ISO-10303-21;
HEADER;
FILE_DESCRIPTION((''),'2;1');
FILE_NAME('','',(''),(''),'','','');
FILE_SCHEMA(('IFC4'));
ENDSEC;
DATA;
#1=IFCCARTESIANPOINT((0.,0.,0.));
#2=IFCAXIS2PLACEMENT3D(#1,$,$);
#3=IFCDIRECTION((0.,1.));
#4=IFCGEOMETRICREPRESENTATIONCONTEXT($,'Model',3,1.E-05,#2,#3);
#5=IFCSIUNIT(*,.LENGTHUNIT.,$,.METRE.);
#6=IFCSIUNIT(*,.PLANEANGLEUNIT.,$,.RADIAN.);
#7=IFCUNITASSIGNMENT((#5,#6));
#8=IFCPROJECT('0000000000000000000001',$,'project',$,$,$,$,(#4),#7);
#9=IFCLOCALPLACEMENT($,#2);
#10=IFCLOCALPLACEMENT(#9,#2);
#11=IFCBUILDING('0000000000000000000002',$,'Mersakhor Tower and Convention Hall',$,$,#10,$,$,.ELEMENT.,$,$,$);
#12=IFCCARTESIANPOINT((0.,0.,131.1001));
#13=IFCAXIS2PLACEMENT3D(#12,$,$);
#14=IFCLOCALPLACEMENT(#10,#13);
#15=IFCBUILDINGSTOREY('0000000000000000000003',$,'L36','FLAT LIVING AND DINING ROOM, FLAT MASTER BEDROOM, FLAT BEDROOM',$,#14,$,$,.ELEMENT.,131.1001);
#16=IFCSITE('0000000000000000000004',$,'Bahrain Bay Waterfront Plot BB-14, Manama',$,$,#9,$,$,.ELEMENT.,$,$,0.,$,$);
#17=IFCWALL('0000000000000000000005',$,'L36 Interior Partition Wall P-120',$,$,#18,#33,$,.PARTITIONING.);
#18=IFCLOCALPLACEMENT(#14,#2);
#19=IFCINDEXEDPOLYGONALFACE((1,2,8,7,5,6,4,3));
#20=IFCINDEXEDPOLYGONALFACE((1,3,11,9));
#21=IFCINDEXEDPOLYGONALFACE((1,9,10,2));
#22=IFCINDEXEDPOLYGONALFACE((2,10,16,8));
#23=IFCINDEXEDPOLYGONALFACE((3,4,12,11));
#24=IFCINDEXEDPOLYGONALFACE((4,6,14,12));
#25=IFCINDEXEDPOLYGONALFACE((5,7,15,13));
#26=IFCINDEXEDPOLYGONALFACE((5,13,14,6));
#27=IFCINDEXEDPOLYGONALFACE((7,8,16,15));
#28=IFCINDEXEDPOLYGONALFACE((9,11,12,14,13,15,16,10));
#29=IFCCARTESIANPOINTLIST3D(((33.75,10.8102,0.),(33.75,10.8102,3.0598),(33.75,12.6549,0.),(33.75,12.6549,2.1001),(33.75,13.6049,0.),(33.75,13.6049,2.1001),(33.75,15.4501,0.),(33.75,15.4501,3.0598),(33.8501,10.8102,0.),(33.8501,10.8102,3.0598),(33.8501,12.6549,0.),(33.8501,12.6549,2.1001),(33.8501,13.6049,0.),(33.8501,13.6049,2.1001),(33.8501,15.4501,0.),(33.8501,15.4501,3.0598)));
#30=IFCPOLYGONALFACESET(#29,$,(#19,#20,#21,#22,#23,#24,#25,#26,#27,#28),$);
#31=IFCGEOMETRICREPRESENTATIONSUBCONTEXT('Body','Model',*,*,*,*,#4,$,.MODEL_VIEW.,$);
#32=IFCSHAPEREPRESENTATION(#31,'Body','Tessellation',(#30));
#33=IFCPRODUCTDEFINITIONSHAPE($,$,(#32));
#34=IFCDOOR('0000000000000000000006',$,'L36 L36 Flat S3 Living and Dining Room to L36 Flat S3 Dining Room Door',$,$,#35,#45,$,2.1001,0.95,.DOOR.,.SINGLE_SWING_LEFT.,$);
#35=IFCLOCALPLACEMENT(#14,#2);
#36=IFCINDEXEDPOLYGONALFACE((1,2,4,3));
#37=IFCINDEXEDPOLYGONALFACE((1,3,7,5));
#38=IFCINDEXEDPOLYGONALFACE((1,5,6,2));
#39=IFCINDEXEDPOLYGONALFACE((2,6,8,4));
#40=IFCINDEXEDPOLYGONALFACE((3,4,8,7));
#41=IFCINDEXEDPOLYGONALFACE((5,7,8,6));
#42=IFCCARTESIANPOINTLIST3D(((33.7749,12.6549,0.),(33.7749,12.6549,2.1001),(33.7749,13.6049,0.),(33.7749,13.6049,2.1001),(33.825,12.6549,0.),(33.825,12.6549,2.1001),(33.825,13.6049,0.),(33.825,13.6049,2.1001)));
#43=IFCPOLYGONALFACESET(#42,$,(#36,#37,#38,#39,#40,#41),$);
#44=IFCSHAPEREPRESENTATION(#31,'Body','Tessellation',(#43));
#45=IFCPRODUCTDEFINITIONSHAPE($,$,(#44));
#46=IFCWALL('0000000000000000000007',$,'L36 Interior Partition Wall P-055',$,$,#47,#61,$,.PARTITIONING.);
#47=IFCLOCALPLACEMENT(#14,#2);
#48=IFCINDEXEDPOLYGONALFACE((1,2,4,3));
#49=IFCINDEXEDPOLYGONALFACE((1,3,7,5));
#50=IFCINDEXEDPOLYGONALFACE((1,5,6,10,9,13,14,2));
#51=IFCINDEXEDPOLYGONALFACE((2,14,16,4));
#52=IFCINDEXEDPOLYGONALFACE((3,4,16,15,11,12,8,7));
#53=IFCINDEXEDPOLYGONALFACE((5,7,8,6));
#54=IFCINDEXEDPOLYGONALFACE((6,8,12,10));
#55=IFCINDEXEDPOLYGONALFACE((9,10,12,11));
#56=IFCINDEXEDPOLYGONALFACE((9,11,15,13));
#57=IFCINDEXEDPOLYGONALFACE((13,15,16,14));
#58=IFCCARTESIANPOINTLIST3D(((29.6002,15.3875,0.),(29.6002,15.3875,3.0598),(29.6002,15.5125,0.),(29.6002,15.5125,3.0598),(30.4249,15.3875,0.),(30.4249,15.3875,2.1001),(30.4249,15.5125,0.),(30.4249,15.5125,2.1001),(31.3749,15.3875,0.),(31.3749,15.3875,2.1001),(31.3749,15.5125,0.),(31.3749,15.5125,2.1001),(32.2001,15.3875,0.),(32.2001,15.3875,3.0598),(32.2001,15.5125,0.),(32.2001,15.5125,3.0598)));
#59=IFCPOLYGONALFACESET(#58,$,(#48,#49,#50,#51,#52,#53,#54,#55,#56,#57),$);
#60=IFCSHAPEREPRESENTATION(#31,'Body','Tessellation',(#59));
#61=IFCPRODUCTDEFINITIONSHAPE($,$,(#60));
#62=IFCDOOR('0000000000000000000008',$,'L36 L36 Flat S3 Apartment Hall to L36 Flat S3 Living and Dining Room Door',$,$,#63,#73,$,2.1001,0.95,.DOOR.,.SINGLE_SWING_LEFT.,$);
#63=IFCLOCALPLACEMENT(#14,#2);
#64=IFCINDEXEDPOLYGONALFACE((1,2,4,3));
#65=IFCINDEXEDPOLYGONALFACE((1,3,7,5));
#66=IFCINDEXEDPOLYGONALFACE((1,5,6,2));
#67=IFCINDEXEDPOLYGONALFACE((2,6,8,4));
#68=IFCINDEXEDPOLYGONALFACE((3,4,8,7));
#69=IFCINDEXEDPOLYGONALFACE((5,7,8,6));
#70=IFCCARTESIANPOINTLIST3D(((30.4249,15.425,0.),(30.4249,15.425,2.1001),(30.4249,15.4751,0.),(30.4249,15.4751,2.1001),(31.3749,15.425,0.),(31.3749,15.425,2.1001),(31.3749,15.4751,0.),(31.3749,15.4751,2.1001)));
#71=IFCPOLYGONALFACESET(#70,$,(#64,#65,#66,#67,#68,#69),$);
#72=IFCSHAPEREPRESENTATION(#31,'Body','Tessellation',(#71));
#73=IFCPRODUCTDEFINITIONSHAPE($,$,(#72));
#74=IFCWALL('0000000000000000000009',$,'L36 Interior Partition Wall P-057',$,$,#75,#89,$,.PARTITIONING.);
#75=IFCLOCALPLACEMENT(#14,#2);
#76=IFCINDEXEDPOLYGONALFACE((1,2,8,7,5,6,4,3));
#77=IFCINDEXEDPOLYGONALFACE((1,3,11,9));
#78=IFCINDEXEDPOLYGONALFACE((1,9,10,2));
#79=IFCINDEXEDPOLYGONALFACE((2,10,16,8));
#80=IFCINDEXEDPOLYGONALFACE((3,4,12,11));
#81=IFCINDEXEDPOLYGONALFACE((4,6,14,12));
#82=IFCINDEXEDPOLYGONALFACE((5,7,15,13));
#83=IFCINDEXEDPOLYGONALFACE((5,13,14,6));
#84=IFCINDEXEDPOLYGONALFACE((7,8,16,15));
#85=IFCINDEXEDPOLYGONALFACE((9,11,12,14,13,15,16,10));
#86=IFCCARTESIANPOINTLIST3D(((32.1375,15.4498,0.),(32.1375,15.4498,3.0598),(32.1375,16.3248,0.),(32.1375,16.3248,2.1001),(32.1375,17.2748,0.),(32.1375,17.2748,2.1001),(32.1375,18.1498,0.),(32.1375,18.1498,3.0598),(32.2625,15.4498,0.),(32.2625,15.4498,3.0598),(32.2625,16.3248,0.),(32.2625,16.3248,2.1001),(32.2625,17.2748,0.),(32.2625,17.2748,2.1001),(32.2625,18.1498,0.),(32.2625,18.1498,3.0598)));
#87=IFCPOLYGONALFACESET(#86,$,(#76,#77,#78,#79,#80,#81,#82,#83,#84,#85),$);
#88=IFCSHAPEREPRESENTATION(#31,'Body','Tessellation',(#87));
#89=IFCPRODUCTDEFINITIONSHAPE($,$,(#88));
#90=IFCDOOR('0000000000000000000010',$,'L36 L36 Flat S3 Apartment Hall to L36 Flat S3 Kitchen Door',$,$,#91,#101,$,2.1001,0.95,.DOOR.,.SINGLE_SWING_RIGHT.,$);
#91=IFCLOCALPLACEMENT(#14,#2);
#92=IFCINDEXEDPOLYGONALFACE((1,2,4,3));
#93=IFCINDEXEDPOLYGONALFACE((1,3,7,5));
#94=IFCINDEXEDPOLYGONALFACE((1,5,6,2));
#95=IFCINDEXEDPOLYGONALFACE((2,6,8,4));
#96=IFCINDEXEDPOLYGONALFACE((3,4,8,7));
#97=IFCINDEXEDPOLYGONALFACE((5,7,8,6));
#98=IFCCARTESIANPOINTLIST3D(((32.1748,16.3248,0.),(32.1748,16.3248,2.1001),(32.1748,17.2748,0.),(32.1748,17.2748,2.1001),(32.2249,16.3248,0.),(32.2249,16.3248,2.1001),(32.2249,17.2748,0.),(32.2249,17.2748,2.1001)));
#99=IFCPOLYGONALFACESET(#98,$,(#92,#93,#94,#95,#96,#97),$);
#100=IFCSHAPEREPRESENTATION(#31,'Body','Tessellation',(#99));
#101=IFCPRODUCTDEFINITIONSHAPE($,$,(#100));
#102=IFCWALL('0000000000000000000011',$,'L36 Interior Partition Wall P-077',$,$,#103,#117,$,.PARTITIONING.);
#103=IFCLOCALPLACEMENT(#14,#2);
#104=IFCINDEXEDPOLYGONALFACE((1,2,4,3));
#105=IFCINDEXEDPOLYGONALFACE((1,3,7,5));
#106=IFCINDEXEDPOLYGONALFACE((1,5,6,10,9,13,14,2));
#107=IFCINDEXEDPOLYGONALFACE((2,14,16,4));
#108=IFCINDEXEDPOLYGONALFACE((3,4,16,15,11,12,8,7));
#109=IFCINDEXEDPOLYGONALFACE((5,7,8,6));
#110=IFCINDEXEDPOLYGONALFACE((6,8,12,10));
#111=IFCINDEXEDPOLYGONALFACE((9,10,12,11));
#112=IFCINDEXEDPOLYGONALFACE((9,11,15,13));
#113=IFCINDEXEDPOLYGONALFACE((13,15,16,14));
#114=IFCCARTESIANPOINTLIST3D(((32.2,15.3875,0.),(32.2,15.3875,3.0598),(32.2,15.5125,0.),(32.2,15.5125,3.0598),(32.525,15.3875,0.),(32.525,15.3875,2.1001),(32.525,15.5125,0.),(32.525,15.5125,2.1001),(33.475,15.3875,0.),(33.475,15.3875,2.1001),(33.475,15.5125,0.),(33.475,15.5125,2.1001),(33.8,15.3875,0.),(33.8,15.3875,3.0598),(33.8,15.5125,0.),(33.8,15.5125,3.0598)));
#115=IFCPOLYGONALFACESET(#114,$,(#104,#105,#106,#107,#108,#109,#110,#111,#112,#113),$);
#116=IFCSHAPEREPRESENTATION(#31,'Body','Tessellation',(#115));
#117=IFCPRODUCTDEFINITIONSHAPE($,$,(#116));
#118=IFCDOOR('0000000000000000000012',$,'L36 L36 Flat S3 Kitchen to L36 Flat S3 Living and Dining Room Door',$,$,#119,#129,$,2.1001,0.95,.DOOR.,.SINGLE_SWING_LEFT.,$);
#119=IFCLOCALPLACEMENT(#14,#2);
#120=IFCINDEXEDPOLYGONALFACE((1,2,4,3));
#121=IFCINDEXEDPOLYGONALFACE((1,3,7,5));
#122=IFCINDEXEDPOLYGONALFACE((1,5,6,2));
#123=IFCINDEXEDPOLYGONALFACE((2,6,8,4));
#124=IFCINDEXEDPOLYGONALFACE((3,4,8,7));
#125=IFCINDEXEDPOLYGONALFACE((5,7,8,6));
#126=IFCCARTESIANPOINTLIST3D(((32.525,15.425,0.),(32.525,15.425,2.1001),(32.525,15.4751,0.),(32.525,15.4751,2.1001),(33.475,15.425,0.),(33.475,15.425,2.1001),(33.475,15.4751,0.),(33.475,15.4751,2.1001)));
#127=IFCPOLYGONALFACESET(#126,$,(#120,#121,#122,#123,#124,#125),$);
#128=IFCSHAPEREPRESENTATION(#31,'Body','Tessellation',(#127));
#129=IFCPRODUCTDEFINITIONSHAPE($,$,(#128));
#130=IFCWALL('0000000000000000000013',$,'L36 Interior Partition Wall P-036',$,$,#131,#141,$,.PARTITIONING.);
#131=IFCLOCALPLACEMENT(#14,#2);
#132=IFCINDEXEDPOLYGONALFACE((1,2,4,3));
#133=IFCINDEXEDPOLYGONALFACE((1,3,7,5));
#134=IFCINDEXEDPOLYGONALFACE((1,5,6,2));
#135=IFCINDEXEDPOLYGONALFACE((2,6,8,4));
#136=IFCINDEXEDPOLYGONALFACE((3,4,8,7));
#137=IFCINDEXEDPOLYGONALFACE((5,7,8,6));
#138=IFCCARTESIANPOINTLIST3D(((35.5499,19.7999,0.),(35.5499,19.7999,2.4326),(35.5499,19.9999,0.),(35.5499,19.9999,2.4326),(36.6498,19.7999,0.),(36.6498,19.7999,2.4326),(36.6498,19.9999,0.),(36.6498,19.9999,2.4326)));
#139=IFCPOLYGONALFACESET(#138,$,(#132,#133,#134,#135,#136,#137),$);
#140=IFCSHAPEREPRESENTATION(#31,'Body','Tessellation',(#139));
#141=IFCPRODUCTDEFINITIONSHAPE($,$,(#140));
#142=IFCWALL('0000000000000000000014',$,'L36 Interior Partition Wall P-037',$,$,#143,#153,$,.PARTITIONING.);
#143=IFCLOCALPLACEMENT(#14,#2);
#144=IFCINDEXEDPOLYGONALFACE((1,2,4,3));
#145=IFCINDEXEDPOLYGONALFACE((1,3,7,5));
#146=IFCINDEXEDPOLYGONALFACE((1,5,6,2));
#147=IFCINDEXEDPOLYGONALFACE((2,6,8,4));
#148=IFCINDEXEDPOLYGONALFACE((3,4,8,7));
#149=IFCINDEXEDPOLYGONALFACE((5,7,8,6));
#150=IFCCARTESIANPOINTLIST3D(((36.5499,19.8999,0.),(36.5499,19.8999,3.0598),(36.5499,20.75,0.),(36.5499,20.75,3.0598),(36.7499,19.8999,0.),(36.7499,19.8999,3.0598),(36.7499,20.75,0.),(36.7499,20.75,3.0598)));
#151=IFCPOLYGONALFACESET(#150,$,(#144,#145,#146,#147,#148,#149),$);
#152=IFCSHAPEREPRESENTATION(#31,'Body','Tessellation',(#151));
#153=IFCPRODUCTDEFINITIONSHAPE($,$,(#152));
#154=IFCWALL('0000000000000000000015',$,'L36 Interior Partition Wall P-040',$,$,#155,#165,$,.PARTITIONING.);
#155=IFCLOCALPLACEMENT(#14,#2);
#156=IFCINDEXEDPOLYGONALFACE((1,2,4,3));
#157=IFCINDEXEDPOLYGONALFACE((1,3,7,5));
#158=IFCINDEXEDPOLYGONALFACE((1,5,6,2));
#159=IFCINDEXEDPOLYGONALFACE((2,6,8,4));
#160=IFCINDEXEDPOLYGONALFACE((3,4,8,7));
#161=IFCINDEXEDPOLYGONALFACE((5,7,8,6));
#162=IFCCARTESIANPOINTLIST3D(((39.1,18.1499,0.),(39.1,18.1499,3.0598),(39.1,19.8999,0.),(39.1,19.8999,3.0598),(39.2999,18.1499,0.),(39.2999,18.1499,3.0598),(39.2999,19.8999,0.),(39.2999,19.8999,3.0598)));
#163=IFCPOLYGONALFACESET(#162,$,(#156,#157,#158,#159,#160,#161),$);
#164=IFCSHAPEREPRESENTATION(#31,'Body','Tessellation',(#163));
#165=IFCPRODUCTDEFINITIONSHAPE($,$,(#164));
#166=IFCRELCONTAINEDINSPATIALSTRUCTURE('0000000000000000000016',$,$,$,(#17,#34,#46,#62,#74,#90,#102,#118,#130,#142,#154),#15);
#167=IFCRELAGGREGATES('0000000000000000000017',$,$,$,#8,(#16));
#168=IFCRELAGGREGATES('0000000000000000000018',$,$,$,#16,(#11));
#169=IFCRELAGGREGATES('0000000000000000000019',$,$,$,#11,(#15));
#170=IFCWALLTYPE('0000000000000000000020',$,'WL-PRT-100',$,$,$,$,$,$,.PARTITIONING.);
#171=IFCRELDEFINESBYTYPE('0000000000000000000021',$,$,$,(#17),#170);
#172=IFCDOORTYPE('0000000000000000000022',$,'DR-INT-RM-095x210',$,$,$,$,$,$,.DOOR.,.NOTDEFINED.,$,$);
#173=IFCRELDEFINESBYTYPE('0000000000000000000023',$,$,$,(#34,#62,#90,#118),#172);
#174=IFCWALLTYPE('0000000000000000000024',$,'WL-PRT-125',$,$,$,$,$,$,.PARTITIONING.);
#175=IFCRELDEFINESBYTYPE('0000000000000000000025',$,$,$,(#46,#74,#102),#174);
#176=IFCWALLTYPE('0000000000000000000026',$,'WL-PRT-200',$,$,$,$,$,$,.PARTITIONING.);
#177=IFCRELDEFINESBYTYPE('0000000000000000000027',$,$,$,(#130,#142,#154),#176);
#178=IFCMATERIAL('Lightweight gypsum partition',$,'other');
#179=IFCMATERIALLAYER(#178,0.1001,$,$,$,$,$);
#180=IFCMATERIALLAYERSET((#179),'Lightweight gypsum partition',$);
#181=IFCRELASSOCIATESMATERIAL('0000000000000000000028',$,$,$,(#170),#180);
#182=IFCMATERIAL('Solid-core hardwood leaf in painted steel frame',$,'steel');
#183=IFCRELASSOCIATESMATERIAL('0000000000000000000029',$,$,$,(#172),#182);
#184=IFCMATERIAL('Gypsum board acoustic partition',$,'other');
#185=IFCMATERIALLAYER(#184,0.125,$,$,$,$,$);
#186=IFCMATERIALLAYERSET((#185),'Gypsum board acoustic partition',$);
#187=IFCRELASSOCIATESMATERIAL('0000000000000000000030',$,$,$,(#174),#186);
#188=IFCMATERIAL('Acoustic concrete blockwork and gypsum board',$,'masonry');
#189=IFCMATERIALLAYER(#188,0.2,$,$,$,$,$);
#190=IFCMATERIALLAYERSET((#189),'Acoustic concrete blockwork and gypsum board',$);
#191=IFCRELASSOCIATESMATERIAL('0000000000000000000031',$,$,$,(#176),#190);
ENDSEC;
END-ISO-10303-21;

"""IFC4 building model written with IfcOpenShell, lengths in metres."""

from ifc_helpers import new_model, si_unit, direction, frame, frame_2d, origin, place, context, subcontext, project, spatial, rectangle, extrude, material, layer, layer_set, type_object, element, fill, save


model = new_model("IFC4")

# Units and contexts
model_context = context("Model", 3, precision=1e-05, world=origin(), true_north=direction((0.0, 1.0)))
body_context = subcontext(model_context, "Body", "Model", "MODEL_VIEW")
ifc_project = project(units=[si_unit("LENGTHUNIT", "METRE"), si_unit("PLANEANGLEUNIT", "RADIAN")], contexts=[model_context])

# Site, building, storey
site_placement = place(None, origin())
site = spatial("IfcSite", under=ifc_project, at=site_placement, Name="Bahrain Bay Waterfront Plot BB-14, Manama", CompositionType="ELEMENT", RefElevation=0.0)
building_placement = place(site_placement, origin())
building = spatial("IfcBuilding", under=site, at=building_placement, Name="Mersakhor Tower and Convention Hall", CompositionType="ELEMENT")
storey_placement = place(building_placement, frame((0.0, 0.0, 131.1001)))
storey = spatial("IfcBuildingStorey", under=building, at=storey_placement, Name="L36", Description="FLAT LIVING AND DINING ROOM, FLAT MASTER BEDROOM, FLAT BEDROOM", CompositionType="ELEMENT", Elevation=131.1001)

# Walls, openings, doors
ifc_material_1 = material(Name="Lightweight gypsum partition", Category="other")
ifc_layer_1 = layer(ifc_material_1, 0.1001)
ifc_layer_set_1 = layer_set([ifc_layer_1], Name="Lightweight gypsum partition")
wall_type_1 = type_object("IfcWallType", Name="WL-PRT-100", PredefinedType="PARTITIONING", material=ifc_layer_set_1)
ifc_material_2 = material(Name="Solid-core hardwood leaf in painted steel frame", Category="steel")
door_type_1 = type_object("IfcDoorType", Name="DR-INT-RM-095x210", OperationType="NOTDEFINED", PredefinedType="DOOR", material=ifc_material_2)
wall_1_placement = place(storey_placement, frame((33.8, 15.45, 0.0), z_axis=(0.0, 0.0, 1.0), x_axis=(0.0, -1.0, 0.0)))
wall_1 = element("IfcWall", 1, at=wall_1_placement, inside=storey, type_object=wall_type_1, Name="L36 Interior Partition Wall P-120", PredefinedType="PARTITIONING", context=body_context, shape_type="SweptSolid", body=[
    extrude(rectangle(XDim=4.6399, YDim=0.1001, at=frame_2d((2.3198, 0.0))), origin(), (0.0, 0.0, 1.0), 3.0598),
])
opening_1_placement = place(wall_1_placement, frame((1.845, 0.0, 0.0)))
opening_1 = element("IfcOpeningElement", 2, at=opening_1_placement, cuts=wall_1, PredefinedType="OPENING", context=body_context, shape_type="SweptSolid", body=[
    extrude(rectangle(XDim=0.95, YDim=2.1001, at=frame_2d((0.4751, 1.05))), frame((0.0, 0.0601, 0.0), z_axis=(0.0, -1.0, 0.0), x_axis=(1.0, 0.0, 0.0)), (0.0, 0.0, 1.0), 0.1201),
])
door_1_placement = place(opening_1_placement, origin())
door_1 = element("IfcDoor", 3, at=door_1_placement, inside=storey, type_object=door_type_1, Name="L36 L36 Flat S3 Living and Dining Room to L36 Flat S3 Dining Room Door", OperationType="SINGLE_SWING_LEFT", OverallHeight=2.1001, OverallWidth=0.95, PredefinedType="DOOR", context=body_context, shape_type="SweptSolid", body=[
    extrude(rectangle(XDim=0.95, YDim=2.1001, at=frame_2d((0.4751, 1.05))), frame((0.0, 0.0249, 0.0), z_axis=(0.0, -1.0, 0.0), x_axis=(1.0, 0.0, 0.0)), (0.0, 0.0, 1.0), 0.05),
])
fill(opening_1, door_1)
ifc_material_3 = material(Name="Gypsum board acoustic partition", Category="other")
ifc_layer_2 = layer(ifc_material_3, 0.125)
ifc_layer_set_2 = layer_set([ifc_layer_2], Name="Gypsum board acoustic partition")
wall_type_2 = type_object("IfcWallType", Name="WL-PRT-125", PredefinedType="PARTITIONING", material=ifc_layer_set_2)
wall_2_placement = place(storey_placement, frame((32.2, 15.45, 0.0), z_axis=(0.0, 0.0, 1.0), x_axis=(-1.0, 0.0, 0.0)))
wall_2 = element("IfcWall", 4, at=wall_2_placement, inside=storey, type_object=wall_type_2, Name="L36 Interior Partition Wall P-055", PredefinedType="PARTITIONING", context=body_context, shape_type="SweptSolid", body=[
    extrude(rectangle(XDim=2.5999, YDim=0.125, at=frame_2d((1.2998, 0.0))), origin(), (0.0, 0.0, 1.0), 3.0598),
])
opening_2_placement = place(wall_2_placement, frame((0.825, 0.0, 0.0)))
opening_2 = element("IfcOpeningElement", 5, at=opening_2_placement, cuts=wall_2, PredefinedType="OPENING", context=body_context, shape_type="SweptSolid", body=[
    extrude(rectangle(XDim=0.95, YDim=2.1001, at=frame_2d((0.4751, 1.05))), frame((0.0, 0.0725, 0.0), z_axis=(0.0, -1.0, 0.0), x_axis=(1.0, 0.0, 0.0)), (0.0, 0.0, 1.0), 0.145),
])
door_2_placement = place(opening_2_placement, origin())
door_2 = element("IfcDoor", 6, at=door_2_placement, inside=storey, type_object=door_type_1, Name="L36 L36 Flat S3 Apartment Hall to L36 Flat S3 Living and Dining Room Door", OperationType="SINGLE_SWING_LEFT", OverallHeight=2.1001, OverallWidth=0.95, PredefinedType="DOOR", context=body_context, shape_type="SweptSolid", body=[
    extrude(rectangle(XDim=0.95, YDim=2.1001, at=frame_2d((0.4751, 1.05))), frame((0.0, 0.0249, 0.0), z_axis=(0.0, -1.0, 0.0), x_axis=(1.0, 0.0, 0.0)), (0.0, 0.0, 1.0), 0.05),
])
fill(opening_2, door_2)
wall_3_placement = place(storey_placement, frame((32.2, 18.1499, 0.0), z_axis=(0.0, 0.0, 1.0), x_axis=(0.0, -1.0, 0.0)))
wall_3 = element("IfcWall", 7, at=wall_3_placement, inside=storey, type_object=wall_type_2, Name="L36 Interior Partition Wall P-057", PredefinedType="PARTITIONING", context=body_context, shape_type="SweptSolid", body=[
    extrude(rectangle(XDim=2.7, YDim=0.125, at=frame_2d((1.3501, 0.0))), origin(), (0.0, 0.0, 1.0), 3.0598),
])
opening_3_placement = place(wall_3_placement, frame((0.875, 0.0, 0.0)))
opening_3 = element("IfcOpeningElement", 8, at=opening_3_placement, cuts=wall_3, PredefinedType="OPENING", context=body_context, shape_type="SweptSolid", body=[
    extrude(rectangle(XDim=0.95, YDim=2.1001, at=frame_2d((0.4751, 1.05))), frame((0.0, 0.0725, 0.0), z_axis=(0.0, -1.0, 0.0), x_axis=(1.0, 0.0, 0.0)), (0.0, 0.0, 1.0), 0.145),
])
door_3_placement = place(opening_3_placement, origin())
door_3 = element("IfcDoor", 9, at=door_3_placement, inside=storey, type_object=door_type_1, Name="L36 L36 Flat S3 Apartment Hall to L36 Flat S3 Kitchen Door", OperationType="SINGLE_SWING_RIGHT", OverallHeight=2.1001, OverallWidth=0.95, PredefinedType="DOOR", context=body_context, shape_type="SweptSolid", body=[
    extrude(rectangle(XDim=0.95, YDim=2.1001, at=frame_2d((0.4751, 1.05))), frame((0.0, 0.0249, 0.0), z_axis=(0.0, -1.0, 0.0), x_axis=(1.0, 0.0, 0.0)), (0.0, 0.0, 1.0), 0.05),
])
fill(opening_3, door_3)
wall_4_placement = place(storey_placement, frame((33.8, 15.45, 0.0), z_axis=(0.0, 0.0, 1.0), x_axis=(-1.0, 0.0, 0.0)))
wall_4 = element("IfcWall", 10, at=wall_4_placement, inside=storey, type_object=wall_type_2, Name="L36 Interior Partition Wall P-077", PredefinedType="PARTITIONING", context=body_context, shape_type="SweptSolid", body=[
    extrude(rectangle(XDim=1.6001, YDim=0.125, at=frame_2d((0.8, 0.0))), origin(), (0.0, 0.0, 1.0), 3.0598),
])
opening_4_placement = place(wall_4_placement, frame((0.325, 0.0, 0.0)))
opening_4 = element("IfcOpeningElement", 11, at=opening_4_placement, cuts=wall_4, PredefinedType="OPENING", context=body_context, shape_type="SweptSolid", body=[
    extrude(rectangle(XDim=0.95, YDim=2.1001, at=frame_2d((0.4751, 1.05))), frame((0.0, 0.0725, 0.0), z_axis=(0.0, -1.0, 0.0), x_axis=(1.0, 0.0, 0.0)), (0.0, 0.0, 1.0), 0.145),
])
door_4_placement = place(opening_4_placement, origin())
door_4 = element("IfcDoor", 12, at=door_4_placement, inside=storey, type_object=door_type_1, Name="L36 L36 Flat S3 Kitchen to L36 Flat S3 Living and Dining Room Door", OperationType="SINGLE_SWING_LEFT", OverallHeight=2.1001, OverallWidth=0.95, PredefinedType="DOOR", context=body_context, shape_type="SweptSolid", body=[
    extrude(rectangle(XDim=0.95, YDim=2.1001, at=frame_2d((0.4751, 1.05))), frame((0.0, 0.0249, 0.0), z_axis=(0.0, -1.0, 0.0), x_axis=(1.0, 0.0, 0.0)), (0.0, 0.0, 1.0), 0.05),
])
fill(opening_4, door_4)

# Walls
ifc_material_4 = material(Name="Acoustic concrete blockwork and gypsum board", Category="masonry")
ifc_layer_3 = layer(ifc_material_4, 0.2)
ifc_layer_set_3 = layer_set([ifc_layer_3], Name="Acoustic concrete blockwork and gypsum board")
wall_type_3 = type_object("IfcWallType", Name="WL-PRT-200", PredefinedType="PARTITIONING", material=ifc_layer_set_3)
wall_5_placement = place(storey_placement, frame((35.55, 19.8999, 0.0), z_axis=(0.0, 0.0, 1.0), x_axis=(1.0, 0.0, 0.0)))
element("IfcWall", 13, at=wall_5_placement, inside=storey, type_object=wall_type_3, Name="L36 Interior Partition Wall P-036", PredefinedType="PARTITIONING", context=body_context, shape_type="SweptSolid", body=[
    extrude(rectangle(XDim=1.0999, YDim=0.2, at=frame_2d((0.5498, 0.0))), origin(), (0.0, 0.0, 1.0), 2.4326),
])
wall_6_placement = place(storey_placement, frame((36.6499, 19.8999, 0.0), z_axis=(0.0, 0.0, 1.0), x_axis=(0.0, 1.0, 0.0)))
element("IfcWall", 14, at=wall_6_placement, inside=storey, type_object=wall_type_3, Name="L36 Interior Partition Wall P-037", PredefinedType="PARTITIONING", context=body_context, shape_type="SweptSolid", body=[
    extrude(rectangle(XDim=0.8501, YDim=0.2, at=frame_2d((0.425, 0.0))), origin(), (0.0, 0.0, 1.0), 3.0598),
])
wall_7_placement = place(storey_placement, frame((39.2, 19.8999, 0.0), z_axis=(0.0, 0.0, 1.0), x_axis=(0.0, -1.0, 0.0)))
element("IfcWall", 15, at=wall_7_placement, inside=storey, type_object=wall_type_3, Name="L36 Interior Partition Wall P-040", PredefinedType="PARTITIONING", context=body_context, shape_type="SweptSolid", body=[
    extrude(rectangle(XDim=1.75, YDim=0.2, at=frame_2d((0.875, 0.0))), origin(), (0.0, 0.0, 1.0), 3.0598),
])

save(model, "model.ifc")
